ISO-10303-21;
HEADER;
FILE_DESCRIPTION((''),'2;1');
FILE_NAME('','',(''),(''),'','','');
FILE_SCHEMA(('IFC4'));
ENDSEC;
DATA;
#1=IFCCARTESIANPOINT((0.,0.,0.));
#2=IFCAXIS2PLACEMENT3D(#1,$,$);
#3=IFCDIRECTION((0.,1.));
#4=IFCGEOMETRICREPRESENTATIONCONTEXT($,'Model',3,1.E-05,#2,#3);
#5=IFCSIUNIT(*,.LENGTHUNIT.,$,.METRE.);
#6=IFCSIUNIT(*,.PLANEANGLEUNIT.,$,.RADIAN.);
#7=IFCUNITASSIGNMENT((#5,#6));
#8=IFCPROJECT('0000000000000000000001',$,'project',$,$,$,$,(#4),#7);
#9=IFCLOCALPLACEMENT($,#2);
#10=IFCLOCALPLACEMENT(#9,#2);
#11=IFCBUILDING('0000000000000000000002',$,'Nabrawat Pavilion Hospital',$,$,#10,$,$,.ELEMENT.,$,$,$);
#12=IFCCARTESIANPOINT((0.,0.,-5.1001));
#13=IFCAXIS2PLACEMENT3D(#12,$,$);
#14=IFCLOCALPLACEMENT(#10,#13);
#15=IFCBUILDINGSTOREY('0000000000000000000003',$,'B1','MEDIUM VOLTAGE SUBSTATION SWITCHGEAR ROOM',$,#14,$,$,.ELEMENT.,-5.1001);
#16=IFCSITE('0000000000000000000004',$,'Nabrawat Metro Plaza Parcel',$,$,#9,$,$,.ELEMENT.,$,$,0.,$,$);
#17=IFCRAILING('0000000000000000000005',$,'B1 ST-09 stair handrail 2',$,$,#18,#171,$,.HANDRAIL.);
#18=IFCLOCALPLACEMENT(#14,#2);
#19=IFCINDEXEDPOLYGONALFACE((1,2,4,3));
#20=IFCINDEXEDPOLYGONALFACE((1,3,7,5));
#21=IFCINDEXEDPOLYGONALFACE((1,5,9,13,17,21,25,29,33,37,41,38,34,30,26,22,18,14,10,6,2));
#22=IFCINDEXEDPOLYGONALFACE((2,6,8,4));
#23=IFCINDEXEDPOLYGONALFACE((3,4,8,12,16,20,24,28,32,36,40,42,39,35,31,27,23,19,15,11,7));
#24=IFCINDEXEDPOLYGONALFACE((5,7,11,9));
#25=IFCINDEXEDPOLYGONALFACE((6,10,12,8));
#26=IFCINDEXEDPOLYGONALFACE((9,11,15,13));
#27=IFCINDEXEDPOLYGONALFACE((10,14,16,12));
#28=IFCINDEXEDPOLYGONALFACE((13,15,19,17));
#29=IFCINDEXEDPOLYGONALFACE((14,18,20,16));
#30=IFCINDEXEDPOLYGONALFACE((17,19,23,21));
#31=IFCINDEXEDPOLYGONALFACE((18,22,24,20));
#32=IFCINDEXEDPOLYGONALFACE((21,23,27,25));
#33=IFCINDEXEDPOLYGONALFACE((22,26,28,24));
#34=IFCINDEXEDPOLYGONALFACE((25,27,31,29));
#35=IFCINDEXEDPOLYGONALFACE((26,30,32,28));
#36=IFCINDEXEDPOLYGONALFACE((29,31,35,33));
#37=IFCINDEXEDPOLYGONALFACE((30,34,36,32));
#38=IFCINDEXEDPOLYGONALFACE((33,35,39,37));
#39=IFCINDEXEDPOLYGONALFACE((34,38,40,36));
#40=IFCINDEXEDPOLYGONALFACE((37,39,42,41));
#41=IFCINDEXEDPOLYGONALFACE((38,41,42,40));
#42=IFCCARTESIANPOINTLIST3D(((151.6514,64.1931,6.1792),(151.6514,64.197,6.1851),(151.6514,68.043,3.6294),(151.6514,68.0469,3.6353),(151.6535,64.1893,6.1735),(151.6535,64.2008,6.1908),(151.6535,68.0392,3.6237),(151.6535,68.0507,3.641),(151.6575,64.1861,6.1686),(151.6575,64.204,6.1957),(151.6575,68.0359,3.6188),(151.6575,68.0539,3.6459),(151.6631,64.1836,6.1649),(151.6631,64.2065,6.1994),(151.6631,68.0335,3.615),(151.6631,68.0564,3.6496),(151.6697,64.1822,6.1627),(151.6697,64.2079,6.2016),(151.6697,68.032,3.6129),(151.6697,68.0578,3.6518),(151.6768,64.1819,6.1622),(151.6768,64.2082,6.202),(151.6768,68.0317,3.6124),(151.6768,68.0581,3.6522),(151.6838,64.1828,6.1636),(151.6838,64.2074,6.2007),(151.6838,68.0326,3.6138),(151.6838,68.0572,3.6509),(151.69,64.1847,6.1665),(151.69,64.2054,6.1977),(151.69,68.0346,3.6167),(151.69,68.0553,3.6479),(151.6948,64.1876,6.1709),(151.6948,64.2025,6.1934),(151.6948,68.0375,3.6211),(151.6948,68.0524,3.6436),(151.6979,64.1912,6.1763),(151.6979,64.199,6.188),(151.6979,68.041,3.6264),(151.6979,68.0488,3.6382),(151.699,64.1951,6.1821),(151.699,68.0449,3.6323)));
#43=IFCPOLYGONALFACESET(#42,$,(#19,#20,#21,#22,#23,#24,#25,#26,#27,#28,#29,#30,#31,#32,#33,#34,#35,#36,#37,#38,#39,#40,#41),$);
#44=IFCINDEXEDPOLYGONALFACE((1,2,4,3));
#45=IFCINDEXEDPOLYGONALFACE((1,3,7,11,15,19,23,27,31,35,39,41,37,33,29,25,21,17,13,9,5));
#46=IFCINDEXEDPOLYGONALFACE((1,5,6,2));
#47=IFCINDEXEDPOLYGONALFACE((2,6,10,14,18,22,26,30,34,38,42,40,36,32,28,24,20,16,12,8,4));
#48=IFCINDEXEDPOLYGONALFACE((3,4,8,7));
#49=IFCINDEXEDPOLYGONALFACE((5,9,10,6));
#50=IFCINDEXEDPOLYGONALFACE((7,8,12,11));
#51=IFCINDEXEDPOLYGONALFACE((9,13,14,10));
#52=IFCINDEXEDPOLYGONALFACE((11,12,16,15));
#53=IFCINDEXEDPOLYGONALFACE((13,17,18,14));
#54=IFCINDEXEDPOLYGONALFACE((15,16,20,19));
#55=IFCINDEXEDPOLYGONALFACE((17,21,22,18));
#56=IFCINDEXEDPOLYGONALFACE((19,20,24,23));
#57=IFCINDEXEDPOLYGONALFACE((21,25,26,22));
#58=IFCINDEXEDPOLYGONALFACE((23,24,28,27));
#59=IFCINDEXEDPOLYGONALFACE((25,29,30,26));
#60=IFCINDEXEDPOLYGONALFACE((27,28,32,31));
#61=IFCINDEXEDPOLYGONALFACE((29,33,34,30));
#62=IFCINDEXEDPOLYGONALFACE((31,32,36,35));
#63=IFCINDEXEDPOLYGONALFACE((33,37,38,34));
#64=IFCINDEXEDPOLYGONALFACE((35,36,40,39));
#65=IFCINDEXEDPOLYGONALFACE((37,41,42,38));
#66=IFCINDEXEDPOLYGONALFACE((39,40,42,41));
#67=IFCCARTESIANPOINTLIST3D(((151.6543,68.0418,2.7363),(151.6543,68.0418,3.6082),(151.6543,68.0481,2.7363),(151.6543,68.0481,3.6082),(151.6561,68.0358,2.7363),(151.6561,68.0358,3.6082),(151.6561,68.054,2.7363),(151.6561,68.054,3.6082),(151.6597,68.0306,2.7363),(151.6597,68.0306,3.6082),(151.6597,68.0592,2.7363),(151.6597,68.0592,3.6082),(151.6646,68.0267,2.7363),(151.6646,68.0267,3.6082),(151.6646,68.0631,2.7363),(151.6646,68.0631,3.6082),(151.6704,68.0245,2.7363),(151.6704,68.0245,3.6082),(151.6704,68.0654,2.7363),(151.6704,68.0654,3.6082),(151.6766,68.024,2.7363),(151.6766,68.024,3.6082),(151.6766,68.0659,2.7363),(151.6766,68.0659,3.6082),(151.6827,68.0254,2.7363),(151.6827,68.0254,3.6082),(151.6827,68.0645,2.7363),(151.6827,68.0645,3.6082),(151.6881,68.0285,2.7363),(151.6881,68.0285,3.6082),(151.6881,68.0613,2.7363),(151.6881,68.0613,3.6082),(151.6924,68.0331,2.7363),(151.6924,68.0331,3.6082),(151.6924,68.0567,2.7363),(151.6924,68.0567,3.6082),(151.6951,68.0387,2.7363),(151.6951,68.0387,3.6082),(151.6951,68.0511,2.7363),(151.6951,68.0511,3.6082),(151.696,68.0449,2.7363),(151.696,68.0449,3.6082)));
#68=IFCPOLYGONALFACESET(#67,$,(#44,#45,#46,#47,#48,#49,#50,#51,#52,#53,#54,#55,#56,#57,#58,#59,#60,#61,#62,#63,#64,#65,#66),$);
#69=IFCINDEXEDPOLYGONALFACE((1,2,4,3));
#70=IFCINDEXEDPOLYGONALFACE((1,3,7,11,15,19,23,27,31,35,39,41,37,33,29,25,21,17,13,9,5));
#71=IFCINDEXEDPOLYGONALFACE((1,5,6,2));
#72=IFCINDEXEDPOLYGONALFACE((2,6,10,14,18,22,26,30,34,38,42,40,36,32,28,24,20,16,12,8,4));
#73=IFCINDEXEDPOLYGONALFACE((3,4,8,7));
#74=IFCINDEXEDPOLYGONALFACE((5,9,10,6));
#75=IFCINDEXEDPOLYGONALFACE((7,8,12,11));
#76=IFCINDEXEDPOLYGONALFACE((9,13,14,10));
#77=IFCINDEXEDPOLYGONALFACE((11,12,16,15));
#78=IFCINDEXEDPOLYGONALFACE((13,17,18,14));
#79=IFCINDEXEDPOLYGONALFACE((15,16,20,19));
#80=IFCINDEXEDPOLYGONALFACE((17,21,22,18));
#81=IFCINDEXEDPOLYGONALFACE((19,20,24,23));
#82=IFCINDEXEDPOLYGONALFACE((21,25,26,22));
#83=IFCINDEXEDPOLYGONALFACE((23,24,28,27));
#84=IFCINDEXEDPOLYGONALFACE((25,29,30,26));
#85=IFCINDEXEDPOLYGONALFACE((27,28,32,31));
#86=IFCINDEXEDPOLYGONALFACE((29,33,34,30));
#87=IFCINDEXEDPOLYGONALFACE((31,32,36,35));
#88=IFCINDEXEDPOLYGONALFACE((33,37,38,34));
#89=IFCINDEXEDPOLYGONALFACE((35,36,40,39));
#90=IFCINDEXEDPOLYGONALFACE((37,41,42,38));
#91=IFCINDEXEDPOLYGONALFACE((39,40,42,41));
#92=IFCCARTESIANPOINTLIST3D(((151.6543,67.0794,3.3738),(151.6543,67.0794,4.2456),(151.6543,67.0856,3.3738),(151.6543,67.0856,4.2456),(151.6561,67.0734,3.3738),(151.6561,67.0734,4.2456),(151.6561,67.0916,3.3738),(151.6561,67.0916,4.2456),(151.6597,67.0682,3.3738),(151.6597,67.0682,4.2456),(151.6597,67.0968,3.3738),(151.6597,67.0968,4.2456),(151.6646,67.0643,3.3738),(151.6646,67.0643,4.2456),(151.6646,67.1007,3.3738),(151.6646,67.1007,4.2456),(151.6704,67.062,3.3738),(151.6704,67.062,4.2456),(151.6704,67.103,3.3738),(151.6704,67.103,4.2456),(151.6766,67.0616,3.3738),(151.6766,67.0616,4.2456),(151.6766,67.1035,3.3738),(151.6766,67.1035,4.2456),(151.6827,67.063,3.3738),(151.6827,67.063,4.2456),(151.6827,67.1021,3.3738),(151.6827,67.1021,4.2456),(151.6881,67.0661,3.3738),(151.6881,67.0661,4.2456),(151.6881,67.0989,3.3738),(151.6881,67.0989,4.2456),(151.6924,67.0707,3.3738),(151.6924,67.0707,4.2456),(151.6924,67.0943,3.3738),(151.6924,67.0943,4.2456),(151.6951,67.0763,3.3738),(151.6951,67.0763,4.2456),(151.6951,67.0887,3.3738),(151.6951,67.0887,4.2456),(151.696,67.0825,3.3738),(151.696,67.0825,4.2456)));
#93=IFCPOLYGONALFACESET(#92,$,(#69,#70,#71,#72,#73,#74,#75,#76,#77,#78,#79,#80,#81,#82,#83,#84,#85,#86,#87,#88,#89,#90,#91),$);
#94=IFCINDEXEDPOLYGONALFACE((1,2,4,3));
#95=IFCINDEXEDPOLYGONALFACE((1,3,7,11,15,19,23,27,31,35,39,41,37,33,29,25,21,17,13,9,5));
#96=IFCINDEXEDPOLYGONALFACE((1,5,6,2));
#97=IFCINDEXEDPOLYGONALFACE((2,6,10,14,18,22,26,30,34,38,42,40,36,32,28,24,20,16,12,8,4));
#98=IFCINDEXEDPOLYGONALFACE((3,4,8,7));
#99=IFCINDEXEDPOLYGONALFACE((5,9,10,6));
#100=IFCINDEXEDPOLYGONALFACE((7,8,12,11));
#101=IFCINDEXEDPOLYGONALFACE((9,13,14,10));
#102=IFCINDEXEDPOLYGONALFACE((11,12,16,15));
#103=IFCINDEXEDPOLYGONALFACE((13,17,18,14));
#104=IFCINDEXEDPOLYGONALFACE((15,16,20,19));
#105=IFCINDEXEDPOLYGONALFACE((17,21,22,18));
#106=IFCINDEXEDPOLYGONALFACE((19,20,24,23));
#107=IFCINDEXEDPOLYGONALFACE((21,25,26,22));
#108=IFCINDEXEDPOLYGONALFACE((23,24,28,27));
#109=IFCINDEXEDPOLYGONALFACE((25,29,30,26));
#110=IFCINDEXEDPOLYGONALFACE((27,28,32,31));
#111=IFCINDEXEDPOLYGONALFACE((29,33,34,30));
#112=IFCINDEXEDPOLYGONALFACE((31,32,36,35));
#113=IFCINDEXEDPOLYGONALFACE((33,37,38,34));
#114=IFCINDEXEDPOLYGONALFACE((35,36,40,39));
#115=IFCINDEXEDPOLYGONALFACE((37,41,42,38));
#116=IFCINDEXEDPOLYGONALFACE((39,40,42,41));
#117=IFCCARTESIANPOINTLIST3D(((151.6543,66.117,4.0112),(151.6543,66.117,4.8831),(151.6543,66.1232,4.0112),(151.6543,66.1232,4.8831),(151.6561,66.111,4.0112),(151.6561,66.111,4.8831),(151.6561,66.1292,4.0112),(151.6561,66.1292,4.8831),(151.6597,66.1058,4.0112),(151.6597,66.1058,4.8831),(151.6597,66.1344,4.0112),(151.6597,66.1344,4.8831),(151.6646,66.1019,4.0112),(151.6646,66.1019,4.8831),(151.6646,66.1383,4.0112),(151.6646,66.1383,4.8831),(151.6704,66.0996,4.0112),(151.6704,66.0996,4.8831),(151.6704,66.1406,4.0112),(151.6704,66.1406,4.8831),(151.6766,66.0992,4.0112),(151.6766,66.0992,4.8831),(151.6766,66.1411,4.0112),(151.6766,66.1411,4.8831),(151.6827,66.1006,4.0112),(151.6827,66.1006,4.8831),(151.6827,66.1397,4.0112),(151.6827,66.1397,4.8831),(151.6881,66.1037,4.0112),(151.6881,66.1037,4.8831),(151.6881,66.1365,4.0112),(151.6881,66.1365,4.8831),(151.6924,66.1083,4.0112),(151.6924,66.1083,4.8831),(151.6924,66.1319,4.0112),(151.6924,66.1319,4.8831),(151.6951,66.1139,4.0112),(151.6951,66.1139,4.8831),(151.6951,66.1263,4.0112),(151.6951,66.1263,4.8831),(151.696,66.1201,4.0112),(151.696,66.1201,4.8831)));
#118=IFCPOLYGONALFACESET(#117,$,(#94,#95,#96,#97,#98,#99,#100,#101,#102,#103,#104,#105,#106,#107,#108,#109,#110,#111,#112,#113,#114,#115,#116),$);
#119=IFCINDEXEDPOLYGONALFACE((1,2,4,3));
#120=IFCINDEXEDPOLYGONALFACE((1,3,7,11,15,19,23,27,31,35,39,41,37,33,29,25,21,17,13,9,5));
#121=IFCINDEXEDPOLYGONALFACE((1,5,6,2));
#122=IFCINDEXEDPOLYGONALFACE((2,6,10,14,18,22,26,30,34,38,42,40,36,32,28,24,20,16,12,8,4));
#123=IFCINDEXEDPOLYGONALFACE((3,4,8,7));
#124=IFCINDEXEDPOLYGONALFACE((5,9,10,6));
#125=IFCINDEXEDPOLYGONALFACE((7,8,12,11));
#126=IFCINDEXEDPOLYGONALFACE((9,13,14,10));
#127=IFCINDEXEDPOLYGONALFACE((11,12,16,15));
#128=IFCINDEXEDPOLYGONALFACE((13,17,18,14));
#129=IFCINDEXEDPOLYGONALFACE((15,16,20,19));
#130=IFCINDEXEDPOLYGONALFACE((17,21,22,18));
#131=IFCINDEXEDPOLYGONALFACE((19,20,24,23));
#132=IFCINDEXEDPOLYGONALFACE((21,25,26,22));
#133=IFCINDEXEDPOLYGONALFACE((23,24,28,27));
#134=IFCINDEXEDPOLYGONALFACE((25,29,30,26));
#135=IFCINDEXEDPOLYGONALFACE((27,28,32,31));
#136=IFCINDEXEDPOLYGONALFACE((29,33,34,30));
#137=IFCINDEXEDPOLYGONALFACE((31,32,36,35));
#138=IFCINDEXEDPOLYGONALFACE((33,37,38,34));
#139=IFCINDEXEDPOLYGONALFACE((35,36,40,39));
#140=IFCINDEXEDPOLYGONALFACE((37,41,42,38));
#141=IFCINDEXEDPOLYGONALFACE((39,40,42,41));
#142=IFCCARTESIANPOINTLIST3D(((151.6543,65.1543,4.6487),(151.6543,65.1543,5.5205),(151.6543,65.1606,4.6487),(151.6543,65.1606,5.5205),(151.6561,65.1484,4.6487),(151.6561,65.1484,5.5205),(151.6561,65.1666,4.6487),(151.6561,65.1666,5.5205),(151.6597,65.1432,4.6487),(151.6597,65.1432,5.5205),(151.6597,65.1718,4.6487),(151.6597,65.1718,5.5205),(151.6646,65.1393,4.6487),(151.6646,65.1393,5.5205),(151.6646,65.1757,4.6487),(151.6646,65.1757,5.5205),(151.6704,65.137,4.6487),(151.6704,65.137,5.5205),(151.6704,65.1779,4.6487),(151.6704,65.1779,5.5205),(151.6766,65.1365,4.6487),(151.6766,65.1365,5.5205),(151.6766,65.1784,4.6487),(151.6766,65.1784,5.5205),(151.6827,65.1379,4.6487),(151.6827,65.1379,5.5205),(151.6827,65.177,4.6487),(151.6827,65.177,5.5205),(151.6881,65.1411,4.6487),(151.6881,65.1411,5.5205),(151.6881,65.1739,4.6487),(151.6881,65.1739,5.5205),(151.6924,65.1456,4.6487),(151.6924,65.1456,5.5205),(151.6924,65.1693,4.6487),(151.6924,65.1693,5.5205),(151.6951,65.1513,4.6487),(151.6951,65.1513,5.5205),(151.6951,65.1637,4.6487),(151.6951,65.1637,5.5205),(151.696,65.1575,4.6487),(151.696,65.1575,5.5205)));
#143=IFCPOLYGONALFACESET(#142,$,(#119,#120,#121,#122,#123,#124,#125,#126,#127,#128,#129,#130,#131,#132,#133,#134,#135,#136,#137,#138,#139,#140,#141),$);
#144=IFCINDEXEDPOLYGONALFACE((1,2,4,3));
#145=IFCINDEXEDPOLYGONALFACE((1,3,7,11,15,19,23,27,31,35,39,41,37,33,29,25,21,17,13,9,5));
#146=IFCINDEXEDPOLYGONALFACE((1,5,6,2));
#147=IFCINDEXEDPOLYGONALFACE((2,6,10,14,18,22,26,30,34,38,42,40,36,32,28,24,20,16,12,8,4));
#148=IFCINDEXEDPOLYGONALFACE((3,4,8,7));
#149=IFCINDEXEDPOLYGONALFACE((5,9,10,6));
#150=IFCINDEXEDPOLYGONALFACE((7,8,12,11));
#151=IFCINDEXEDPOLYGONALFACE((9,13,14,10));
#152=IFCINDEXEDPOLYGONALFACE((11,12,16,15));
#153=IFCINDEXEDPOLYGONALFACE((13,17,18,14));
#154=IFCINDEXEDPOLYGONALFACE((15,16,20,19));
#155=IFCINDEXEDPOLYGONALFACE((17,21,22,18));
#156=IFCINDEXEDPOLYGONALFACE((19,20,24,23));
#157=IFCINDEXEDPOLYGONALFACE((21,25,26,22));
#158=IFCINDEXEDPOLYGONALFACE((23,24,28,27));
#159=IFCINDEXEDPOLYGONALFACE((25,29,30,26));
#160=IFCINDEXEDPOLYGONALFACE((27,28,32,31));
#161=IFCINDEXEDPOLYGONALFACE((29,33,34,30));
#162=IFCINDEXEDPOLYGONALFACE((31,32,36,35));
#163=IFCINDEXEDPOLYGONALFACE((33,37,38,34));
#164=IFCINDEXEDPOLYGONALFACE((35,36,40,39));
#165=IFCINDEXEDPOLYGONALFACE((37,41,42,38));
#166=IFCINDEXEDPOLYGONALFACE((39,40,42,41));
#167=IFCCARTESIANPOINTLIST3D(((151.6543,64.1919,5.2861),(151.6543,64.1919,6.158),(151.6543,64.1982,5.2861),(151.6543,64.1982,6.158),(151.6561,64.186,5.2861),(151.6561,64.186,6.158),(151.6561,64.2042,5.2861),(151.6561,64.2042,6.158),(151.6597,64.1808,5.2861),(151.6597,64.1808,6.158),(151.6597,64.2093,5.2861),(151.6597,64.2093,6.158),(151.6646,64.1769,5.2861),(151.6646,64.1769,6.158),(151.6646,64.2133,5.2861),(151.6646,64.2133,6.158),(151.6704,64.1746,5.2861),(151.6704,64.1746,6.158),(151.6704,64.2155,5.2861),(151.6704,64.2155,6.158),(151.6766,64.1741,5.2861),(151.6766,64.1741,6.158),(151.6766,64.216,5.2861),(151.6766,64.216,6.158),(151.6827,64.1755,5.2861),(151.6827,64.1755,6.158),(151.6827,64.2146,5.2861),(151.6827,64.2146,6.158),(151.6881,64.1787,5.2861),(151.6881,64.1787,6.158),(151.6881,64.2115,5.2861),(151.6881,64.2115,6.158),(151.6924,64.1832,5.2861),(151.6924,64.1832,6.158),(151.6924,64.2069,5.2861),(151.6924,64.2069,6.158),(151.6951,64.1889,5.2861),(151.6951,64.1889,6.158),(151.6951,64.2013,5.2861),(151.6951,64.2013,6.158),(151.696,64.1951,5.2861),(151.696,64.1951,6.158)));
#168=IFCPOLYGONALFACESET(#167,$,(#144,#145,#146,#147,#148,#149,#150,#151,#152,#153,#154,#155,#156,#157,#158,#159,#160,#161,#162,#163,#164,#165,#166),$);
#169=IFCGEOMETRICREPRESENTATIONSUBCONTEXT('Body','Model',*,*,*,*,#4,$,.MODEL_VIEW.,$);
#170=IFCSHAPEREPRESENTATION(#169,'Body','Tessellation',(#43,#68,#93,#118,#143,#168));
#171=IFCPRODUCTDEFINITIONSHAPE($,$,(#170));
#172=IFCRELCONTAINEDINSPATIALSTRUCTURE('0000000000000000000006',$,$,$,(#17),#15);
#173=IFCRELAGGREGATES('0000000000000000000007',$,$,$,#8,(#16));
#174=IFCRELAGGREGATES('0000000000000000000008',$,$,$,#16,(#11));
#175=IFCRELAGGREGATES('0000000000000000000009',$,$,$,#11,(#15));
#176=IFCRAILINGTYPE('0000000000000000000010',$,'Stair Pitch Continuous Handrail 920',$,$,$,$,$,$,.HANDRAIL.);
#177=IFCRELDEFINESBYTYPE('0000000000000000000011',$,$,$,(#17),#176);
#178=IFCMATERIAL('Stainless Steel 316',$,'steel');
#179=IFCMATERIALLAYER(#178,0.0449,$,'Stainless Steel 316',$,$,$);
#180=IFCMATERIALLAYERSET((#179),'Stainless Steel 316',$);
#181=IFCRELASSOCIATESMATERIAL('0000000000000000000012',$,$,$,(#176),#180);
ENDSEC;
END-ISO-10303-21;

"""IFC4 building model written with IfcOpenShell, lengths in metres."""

from ifc_helpers import new_model, si_unit, direction, frame, origin, origin_2d, place, context, subcontext, project, spatial, circle, extrude, material, layer, layer_set, type_object, element, save


model = new_model("IFC4")

# Units and contexts
model_context = context("Model", 3, precision=1e-05, world=origin(), true_north=direction((0.0, 1.0)))
body_context = subcontext(model_context, "Body", "Model", "MODEL_VIEW")
ifc_project = project(units=[si_unit("LENGTHUNIT", "METRE"), si_unit("PLANEANGLEUNIT", "RADIAN")], contexts=[model_context])

# Site, building, storey
site_placement = place(None, origin())
site = spatial("IfcSite", under=ifc_project, at=site_placement, Name="Nabrawat Metro Plaza Parcel", CompositionType="ELEMENT", RefElevation=0.0)
building_placement = place(site_placement, origin())
building = spatial("IfcBuilding", under=site, at=building_placement, Name="Nabrawat Pavilion Hospital", CompositionType="ELEMENT")
storey_placement = place(building_placement, frame((0.0, 0.0, -5.1001)))
storey = spatial("IfcBuildingStorey", under=building, at=storey_placement, Name="B1", Description="MEDIUM VOLTAGE SUBSTATION SWITCHGEAR ROOM", CompositionType="ELEMENT", Elevation=-5.1001)

# Railing
ifc_material_1 = material(Name="Stainless Steel 316", Category="steel")
ifc_layer_1 = layer(ifc_material_1, 0.0449, Name="Stainless Steel 316")
ifc_layer_set_1 = layer_set([ifc_layer_1], Name="Stainless Steel 316")
railing_type_1 = type_object("IfcRailingType", Name="Stair Pitch Continuous Handrail 920", PredefinedType="HANDRAIL", material=ifc_layer_set_1)
railing_1_placement = place(storey_placement, frame((151.675, 68.0449, 2.7363)))
element("IfcRailing", 1, at=railing_1_placement, inside=storey, type_object=railing_type_1, Name="B1 ST-09 stair handrail 2", PredefinedType="HANDRAIL", context=body_context, shape_type="SweptSolid", body=[
    extrude(circle(Radius=0.0239, at=origin_2d()), frame((0.0, 0.0, 0.896), z_axis=(0.0, -0.833722, 0.552184), x_axis=(1.0, 0.0, 0.0)), (0.0, 0.0, 1.0), 4.6177),
    extrude(circle(Radius=0.021, at=origin_2d()), origin(), (0.0, 0.0, 1.0), 0.8718),
    extrude(circle(Radius=0.021, at=origin_2d()), frame((0.0, -0.9624, 0.6375)), (0.0, 0.0, 1.0), 0.8718),
    extrude(circle(Radius=0.021, at=origin_2d()), frame((0.0, -1.9248, 1.2749)), (0.0, 0.0, 1.0), 0.8718),
    extrude(circle(Radius=0.021, at=origin_2d()), frame((0.0, -2.8875, 1.9124)), (0.0, 0.0, 1.0), 0.8718),
    extrude(circle(Radius=0.021, at=origin_2d()), frame((0.0, -3.8499, 2.5498)), (0.0, 0.0, 1.0), 0.8718),
])

save(model, "model.ifc")
